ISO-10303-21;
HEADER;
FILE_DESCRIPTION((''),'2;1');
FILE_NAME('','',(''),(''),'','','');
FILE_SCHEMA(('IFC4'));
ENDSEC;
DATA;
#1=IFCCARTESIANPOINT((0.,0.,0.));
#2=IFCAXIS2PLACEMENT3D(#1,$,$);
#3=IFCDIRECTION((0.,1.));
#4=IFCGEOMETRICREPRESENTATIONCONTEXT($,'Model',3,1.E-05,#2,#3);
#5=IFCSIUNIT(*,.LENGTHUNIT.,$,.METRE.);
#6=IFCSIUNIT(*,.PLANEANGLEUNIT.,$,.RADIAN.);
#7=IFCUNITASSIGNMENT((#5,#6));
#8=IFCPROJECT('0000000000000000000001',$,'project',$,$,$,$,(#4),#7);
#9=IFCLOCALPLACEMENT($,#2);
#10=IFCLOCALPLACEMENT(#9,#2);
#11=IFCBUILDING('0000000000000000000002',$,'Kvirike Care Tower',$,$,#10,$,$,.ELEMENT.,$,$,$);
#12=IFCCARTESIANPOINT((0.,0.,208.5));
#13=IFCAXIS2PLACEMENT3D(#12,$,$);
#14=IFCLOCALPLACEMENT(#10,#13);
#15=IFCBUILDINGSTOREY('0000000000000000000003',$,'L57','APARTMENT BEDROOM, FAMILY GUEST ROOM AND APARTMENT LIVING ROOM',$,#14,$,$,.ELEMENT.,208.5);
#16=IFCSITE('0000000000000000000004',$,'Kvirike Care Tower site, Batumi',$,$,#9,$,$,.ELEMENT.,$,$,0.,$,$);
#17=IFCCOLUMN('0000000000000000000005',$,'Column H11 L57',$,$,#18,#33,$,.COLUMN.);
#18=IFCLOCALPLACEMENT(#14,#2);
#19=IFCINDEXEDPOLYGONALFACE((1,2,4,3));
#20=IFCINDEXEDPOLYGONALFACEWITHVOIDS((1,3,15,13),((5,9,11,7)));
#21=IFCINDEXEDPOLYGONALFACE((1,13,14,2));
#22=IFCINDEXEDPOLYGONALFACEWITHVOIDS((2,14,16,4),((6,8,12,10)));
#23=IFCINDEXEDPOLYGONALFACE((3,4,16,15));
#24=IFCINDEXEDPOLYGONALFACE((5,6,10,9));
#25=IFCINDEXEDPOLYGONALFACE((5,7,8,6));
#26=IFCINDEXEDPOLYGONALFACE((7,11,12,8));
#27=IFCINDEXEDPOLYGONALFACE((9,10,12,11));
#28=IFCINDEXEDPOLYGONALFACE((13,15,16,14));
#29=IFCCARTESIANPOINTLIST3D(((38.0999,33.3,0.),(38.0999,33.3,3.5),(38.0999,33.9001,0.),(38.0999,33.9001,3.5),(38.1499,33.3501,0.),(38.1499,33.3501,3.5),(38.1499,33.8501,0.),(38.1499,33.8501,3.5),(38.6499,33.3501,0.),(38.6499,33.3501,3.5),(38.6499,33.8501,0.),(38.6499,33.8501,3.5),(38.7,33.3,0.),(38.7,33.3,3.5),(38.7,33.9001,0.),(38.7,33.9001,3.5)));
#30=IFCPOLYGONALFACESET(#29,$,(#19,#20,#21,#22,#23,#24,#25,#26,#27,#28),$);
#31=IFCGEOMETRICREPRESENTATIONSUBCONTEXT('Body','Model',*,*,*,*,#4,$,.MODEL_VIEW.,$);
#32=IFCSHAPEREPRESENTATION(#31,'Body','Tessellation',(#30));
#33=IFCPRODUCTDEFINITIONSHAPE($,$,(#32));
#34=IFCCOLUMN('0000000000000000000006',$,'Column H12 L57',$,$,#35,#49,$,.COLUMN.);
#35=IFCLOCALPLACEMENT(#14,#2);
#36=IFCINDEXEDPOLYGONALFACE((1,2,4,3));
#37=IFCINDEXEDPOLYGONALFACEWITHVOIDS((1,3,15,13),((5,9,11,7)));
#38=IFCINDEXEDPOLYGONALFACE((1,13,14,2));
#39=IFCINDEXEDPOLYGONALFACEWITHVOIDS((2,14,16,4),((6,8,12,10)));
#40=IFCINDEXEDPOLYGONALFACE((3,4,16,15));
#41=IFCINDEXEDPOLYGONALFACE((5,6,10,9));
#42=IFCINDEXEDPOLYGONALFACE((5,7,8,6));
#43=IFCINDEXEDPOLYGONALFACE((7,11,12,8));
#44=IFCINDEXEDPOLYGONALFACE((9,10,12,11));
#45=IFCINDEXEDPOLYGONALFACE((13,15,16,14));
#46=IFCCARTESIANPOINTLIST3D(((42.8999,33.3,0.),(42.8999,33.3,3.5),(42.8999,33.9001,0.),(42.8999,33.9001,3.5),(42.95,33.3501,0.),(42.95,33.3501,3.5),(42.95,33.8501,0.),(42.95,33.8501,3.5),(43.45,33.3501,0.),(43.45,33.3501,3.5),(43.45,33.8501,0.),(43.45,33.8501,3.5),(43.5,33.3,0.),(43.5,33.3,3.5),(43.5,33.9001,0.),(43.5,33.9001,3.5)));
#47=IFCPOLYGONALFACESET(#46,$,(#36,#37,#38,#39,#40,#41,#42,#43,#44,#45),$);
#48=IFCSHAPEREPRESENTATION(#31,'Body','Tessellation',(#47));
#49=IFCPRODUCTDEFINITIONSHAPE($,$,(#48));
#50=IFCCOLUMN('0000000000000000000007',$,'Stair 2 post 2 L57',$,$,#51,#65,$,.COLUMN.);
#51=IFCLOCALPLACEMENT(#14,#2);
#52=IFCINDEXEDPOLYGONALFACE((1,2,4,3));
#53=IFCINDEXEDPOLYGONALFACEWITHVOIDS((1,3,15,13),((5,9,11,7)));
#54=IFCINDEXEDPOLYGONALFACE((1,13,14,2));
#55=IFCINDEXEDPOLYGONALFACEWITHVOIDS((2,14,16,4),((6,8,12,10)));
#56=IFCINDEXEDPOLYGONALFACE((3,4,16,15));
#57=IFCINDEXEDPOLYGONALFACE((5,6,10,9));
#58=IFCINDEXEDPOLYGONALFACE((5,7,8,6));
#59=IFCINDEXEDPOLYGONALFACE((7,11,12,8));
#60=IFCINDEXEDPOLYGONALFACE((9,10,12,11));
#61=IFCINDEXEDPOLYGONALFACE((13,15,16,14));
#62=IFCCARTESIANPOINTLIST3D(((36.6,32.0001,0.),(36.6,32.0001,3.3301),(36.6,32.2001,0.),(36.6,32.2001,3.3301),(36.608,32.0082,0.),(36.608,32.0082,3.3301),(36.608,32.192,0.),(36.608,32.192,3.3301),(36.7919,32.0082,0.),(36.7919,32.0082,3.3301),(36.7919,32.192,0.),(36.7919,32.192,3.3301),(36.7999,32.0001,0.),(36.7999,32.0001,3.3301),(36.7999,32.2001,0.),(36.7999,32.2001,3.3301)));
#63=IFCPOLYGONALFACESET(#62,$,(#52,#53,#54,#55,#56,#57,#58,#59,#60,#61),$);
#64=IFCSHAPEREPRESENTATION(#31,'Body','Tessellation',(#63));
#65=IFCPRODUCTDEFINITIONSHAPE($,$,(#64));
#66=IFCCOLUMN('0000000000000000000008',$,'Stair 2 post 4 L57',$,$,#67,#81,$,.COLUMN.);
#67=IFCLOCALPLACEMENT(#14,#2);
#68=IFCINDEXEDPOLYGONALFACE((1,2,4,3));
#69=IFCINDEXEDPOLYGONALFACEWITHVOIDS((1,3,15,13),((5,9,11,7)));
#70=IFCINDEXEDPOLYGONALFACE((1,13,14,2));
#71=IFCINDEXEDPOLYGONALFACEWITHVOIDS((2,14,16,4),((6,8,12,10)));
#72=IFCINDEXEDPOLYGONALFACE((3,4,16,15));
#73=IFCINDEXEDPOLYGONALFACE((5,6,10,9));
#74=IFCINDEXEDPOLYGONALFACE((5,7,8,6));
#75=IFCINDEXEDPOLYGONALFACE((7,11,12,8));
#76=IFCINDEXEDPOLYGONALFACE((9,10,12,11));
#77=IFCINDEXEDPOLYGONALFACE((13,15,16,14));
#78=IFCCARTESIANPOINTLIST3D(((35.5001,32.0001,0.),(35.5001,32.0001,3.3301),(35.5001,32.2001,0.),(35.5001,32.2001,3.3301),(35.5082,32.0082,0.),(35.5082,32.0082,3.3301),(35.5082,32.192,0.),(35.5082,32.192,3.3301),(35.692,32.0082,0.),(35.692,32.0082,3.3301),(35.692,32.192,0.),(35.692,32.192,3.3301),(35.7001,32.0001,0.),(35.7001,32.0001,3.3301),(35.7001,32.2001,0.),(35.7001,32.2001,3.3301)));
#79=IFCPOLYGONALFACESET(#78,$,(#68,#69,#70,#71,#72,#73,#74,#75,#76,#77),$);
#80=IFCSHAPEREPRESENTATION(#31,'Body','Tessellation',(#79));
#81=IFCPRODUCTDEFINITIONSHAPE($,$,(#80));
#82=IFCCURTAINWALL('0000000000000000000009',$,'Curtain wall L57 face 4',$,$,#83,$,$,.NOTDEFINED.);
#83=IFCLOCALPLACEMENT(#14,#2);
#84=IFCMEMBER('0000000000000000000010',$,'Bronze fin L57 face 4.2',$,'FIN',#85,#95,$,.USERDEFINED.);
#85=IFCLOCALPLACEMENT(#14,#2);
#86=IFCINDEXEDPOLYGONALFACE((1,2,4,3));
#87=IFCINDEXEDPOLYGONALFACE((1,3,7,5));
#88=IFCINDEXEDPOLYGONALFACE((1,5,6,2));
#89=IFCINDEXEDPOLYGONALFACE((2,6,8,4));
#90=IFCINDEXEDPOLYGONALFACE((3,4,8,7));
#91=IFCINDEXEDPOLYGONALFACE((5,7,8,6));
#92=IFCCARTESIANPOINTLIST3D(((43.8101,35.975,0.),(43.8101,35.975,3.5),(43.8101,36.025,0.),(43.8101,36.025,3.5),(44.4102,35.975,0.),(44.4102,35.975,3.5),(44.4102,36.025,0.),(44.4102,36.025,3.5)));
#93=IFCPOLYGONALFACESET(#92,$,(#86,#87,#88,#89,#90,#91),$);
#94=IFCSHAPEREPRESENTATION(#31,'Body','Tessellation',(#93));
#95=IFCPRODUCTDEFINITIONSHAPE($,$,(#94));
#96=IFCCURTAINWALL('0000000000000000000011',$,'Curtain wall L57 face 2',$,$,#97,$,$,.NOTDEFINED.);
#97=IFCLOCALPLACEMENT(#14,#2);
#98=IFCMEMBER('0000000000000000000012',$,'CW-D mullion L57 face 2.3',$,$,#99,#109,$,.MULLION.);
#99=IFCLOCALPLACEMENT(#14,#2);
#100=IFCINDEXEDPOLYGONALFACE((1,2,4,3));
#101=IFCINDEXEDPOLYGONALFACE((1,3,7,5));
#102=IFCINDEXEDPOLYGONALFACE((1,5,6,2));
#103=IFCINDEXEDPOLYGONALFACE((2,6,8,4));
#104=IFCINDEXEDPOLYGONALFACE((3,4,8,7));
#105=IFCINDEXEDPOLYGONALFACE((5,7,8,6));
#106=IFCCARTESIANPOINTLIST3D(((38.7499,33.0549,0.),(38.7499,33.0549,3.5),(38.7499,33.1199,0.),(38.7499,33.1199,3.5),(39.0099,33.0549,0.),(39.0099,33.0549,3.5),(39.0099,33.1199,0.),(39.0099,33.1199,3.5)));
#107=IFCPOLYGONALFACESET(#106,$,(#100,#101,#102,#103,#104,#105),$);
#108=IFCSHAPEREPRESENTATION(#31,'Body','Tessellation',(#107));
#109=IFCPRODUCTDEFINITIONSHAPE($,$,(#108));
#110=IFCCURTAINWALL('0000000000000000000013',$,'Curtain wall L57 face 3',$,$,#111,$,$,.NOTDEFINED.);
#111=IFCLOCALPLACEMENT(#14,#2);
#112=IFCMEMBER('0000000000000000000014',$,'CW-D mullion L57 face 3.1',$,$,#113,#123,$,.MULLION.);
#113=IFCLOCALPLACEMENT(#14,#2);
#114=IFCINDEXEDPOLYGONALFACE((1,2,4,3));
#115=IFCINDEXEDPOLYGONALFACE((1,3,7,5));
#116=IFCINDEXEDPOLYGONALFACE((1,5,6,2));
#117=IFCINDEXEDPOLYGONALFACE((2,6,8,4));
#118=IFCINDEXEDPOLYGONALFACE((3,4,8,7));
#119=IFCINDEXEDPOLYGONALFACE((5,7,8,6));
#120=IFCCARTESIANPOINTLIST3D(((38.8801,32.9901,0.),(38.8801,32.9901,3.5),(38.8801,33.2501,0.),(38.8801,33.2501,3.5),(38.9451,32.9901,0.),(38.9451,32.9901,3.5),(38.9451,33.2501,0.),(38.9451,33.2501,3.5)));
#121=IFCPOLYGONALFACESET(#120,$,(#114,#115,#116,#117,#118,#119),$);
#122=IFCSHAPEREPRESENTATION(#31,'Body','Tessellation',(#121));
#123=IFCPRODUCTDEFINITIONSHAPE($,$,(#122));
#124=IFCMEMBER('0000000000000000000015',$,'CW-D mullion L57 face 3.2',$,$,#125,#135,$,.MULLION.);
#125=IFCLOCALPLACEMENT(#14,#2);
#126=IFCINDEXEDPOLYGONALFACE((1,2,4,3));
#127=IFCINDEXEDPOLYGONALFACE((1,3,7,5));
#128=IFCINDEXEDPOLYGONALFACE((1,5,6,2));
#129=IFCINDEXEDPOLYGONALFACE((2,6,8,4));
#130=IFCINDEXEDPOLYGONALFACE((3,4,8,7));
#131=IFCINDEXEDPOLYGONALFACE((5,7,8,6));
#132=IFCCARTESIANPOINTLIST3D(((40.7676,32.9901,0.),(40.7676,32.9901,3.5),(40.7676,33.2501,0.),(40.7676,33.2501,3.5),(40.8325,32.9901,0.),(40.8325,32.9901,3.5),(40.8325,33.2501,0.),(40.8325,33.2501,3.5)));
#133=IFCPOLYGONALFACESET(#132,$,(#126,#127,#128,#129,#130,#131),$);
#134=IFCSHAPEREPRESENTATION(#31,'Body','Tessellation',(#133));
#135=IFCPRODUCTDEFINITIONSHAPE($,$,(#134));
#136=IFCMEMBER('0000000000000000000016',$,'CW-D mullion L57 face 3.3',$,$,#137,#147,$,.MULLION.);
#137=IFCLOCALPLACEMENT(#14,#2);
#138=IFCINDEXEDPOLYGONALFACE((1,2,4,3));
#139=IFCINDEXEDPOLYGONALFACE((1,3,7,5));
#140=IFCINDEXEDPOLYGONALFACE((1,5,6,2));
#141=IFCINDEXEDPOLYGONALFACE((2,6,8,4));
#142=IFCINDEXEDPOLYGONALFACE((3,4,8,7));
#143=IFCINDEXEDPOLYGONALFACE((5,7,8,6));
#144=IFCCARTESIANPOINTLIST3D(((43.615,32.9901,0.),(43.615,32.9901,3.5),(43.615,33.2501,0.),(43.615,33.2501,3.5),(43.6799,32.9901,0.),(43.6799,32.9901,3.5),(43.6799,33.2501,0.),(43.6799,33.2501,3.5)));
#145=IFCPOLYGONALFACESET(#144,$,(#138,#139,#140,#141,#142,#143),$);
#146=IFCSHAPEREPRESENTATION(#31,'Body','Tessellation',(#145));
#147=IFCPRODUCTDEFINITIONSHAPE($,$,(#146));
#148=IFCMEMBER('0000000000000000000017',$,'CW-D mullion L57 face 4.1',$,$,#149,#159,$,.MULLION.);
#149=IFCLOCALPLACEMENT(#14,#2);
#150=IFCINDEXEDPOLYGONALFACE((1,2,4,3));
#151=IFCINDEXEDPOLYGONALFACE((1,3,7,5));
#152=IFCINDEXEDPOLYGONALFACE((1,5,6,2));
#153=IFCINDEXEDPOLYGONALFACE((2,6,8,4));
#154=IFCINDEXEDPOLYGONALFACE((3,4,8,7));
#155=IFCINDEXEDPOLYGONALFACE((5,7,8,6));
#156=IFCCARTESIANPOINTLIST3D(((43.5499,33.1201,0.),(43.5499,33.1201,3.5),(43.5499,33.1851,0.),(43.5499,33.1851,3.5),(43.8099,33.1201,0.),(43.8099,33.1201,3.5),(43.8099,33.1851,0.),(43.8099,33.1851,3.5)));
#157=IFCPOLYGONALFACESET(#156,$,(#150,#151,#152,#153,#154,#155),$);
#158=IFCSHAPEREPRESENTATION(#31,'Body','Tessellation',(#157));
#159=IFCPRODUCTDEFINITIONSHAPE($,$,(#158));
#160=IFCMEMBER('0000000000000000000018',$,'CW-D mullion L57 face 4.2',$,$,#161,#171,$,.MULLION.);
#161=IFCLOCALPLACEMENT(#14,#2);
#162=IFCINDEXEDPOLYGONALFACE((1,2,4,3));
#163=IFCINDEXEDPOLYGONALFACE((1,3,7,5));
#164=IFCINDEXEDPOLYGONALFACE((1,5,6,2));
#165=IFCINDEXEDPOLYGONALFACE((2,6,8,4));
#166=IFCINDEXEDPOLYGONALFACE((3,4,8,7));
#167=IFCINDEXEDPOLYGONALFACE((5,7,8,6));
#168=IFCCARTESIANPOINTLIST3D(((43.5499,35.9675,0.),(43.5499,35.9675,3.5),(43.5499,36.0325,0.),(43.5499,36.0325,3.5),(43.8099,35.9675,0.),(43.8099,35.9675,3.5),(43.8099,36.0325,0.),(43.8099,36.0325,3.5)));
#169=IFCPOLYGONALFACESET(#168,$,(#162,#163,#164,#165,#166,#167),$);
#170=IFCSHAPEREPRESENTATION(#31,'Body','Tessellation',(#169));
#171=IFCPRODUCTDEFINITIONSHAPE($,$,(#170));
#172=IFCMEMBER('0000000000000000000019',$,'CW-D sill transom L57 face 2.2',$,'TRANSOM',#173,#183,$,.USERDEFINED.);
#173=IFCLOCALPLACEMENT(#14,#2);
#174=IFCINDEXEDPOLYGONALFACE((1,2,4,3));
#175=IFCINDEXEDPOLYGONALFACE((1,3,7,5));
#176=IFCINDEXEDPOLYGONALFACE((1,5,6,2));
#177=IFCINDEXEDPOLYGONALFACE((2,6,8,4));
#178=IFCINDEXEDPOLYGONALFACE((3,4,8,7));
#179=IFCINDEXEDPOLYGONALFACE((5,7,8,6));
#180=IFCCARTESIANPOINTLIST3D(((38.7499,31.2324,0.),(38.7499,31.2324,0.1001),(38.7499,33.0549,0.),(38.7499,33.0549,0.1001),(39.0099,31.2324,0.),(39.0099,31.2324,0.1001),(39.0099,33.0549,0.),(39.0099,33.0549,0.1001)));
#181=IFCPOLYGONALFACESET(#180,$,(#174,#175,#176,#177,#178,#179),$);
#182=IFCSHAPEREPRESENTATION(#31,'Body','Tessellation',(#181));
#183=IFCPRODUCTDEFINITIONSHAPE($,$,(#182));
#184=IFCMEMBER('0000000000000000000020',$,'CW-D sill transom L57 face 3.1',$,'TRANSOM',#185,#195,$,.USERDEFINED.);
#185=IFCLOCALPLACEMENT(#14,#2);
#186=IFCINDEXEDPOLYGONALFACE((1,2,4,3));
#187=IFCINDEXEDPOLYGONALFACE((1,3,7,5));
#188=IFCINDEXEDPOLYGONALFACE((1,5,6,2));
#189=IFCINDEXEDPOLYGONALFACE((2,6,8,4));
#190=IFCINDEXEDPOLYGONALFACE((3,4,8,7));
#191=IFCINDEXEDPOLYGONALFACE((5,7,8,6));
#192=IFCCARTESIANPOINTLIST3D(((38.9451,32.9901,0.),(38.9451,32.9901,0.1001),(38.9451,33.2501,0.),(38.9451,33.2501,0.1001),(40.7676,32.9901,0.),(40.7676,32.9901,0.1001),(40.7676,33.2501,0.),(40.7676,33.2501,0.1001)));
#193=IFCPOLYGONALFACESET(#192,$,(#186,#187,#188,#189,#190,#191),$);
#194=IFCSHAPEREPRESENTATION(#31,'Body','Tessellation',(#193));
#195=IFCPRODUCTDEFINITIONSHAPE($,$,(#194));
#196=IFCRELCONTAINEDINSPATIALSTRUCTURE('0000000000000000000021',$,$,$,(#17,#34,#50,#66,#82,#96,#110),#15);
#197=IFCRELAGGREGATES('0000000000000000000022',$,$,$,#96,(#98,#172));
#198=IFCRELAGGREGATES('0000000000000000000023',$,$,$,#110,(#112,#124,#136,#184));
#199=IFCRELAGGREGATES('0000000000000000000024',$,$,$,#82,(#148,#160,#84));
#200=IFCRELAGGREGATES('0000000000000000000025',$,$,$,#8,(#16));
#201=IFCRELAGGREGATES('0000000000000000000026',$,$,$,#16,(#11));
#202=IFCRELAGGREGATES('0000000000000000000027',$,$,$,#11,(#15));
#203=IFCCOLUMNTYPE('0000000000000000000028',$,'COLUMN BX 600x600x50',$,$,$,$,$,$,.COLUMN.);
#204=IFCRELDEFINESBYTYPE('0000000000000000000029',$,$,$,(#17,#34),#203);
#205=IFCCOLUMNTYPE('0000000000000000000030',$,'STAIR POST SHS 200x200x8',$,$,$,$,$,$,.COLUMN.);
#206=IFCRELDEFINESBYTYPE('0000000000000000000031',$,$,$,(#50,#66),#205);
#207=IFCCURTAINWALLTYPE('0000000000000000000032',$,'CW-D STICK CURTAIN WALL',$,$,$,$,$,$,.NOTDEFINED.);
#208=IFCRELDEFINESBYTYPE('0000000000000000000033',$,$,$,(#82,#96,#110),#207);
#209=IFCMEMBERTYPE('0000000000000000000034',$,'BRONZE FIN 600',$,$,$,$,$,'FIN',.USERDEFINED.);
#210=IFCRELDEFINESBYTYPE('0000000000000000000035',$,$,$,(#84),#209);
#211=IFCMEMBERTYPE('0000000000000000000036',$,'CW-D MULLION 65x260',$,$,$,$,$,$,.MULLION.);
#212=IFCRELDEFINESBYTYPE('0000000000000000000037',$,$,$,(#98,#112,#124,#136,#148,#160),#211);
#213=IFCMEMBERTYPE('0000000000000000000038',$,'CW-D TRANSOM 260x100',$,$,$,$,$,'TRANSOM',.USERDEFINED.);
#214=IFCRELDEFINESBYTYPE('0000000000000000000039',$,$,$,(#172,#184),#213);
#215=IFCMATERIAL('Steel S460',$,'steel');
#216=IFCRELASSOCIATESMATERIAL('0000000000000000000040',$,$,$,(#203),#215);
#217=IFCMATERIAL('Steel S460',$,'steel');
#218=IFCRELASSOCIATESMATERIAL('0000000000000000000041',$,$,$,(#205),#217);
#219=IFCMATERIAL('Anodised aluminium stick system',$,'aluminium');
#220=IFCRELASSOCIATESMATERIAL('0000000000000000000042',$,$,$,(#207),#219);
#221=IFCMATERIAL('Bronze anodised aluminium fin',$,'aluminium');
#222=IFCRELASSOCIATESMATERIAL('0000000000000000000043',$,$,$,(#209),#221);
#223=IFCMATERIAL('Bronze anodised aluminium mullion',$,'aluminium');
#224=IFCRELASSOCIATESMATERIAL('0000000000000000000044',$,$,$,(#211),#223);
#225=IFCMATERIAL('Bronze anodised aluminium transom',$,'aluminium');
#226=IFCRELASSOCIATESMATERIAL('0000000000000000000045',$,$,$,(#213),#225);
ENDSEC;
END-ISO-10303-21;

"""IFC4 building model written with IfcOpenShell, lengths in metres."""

from ifc_helpers import new_model, si_unit, direction, frame, origin, origin_2d, place, context, subcontext, project, spatial, rectangle, hollow_rectangle, extrude, material, material_profile, profile_set, type_object, element, aggregate, save


model = new_model("IFC4")

# Units and contexts
model_context = context("Model", 3, precision=1e-05, world=origin(), true_north=direction((0.0, 1.0)))
body_context = subcontext(model_context, "Body", "Model", "MODEL_VIEW")
ifc_project = project(units=[si_unit("LENGTHUNIT", "METRE"), si_unit("PLANEANGLEUNIT", "RADIAN")], contexts=[model_context])

# Site, building, storey
site_placement = place(None, origin())
site = spatial("IfcSite", under=ifc_project, at=site_placement, Name="Kvirike Care Tower site, Batumi", CompositionType="ELEMENT", RefElevation=0.0)
building_placement = place(site_placement, origin())
building = spatial("IfcBuilding", under=site, at=building_placement, Name="Kvirike Care Tower", CompositionType="ELEMENT")
storey_placement = place(building_placement, frame((0.0, 0.0, 208.5)))
storey = spatial("IfcBuildingStorey", under=building, at=storey_placement, Name="L57", Description="APARTMENT BEDROOM, FAMILY GUEST ROOM AND APARTMENT LIVING ROOM", CompositionType="ELEMENT", Elevation=208.5)

# Columns
ifc_material_1 = material(Name="Steel S460", Category="steel")
ifc_material_profile_1 = material_profile(ifc_material_1, hollow_rectangle(XDim=0.6001, YDim=0.6001, WallThickness=0.05, at=origin_2d()), Name="BX 600x600x50")
ifc_profile_set_1 = profile_set([ifc_material_profile_1], Name="Steel S460")
column_type_1 = type_object("IfcColumnType", Name="COLUMN BX 600x600x50", PredefinedType="COLUMN", material=ifc_profile_set_1)
for number, where, z_axis, x_axis, name in (
    (1, (38.3999, 33.6001, 0.0), (0.0, 0.0, 1.0), (0.0, 1.0, 0.0), "Column H11 L57"),
    (2, (43.2, 33.6001, 0.0), (0.0, 0.0, 1.0), (0.0, 1.0, 0.0), "Column H12 L57"),
):
    element("IfcColumn", number, at=place(storey_placement, frame(where, z_axis=z_axis, x_axis=x_axis)), inside=storey, type_object=column_type_1, Name=name, PredefinedType="COLUMN", context=body_context, shape_type="SweptSolid", body=[
        extrude(hollow_rectangle(XDim=0.6001, YDim=0.6001, WallThickness=0.05, at=origin_2d()), origin(), (0.0, 0.0, 1.0), 3.5),
    ])
ifc_material_2 = material(Name="Steel S460", Category="steel")
ifc_material_profile_2 = material_profile(ifc_material_2, hollow_rectangle(XDim=0.2, YDim=0.2, WallThickness=0.0081, at=origin_2d()), Name="SHS 200x200x8")
ifc_profile_set_2 = profile_set([ifc_material_profile_2], Name="Steel S460")
column_type_2 = type_object("IfcColumnType", Name="STAIR POST SHS 200x200x8", PredefinedType="COLUMN", material=ifc_profile_set_2)
for number, where, z_axis, x_axis, name in (
    (3, (36.7, 32.1001, 0.0), (0.0, 0.0, 1.0), (1.0, 0.0, 0.0), "Stair 2 post 2 L57"),
    (4, (35.6001, 32.1001, 0.0), (0.0, 0.0, 1.0), (1.0, 0.0, 0.0), "Stair 2 post 4 L57"),
):
    element("IfcColumn", number, at=place(storey_placement, frame(where, z_axis=z_axis, x_axis=x_axis)), inside=storey, type_object=column_type_2, Name=name, PredefinedType="COLUMN", context=body_context, shape_type="SweptSolid", body=[
        extrude(hollow_rectangle(XDim=0.2, YDim=0.2, WallThickness=0.0081, at=origin_2d()), origin(), (0.0, 0.0, 1.0), 3.3301),
    ])

# Curtain walls, members
ifc_material_3 = material(Name="Anodised aluminium stick system", Category="aluminium")
curtain_wall_type = type_object("IfcCurtainWallType", Name="CW-D STICK CURTAIN WALL", PredefinedType="NOTDEFINED", material=ifc_material_3)
curtain_wall_1_placement = place(storey_placement, origin())
curtain_wall_1 = element("IfcCurtainWall", 5, at=curtain_wall_1_placement, inside=storey, type_object=curtain_wall_type, Name="Curtain wall L57 face 4", PredefinedType="NOTDEFINED")
ifc_material_4 = material(Name="Bronze anodised aluminium fin", Category="aluminium")
ifc_material_profile_3 = material_profile(ifc_material_4, rectangle(XDim=0.05, YDim=0.6001, at=origin_2d()), Name="BRONZE FIN 600")
ifc_profile_set_3 = profile_set([ifc_material_profile_3], Name="Bronze anodised aluminium fin")
member_type_1 = type_object("IfcMemberType", Name="BRONZE FIN 600", ElementType="FIN", PredefinedType="USERDEFINED", material=ifc_profile_set_3)
member_1_placement = place(storey_placement, frame((44.1101, 36.0, 0.0), z_axis=(0.0, 0.0, 1.0), x_axis=(0.0, 1.0, 0.0)))
member_1 = element("IfcMember", 6, at=member_1_placement, type_object=member_type_1, Name="Bronze fin L57 face 4.2", ObjectType="FIN", PredefinedType="USERDEFINED", context=body_context, shape_type="SweptSolid", body=[
    extrude(rectangle(XDim=0.05, YDim=0.6001, at=origin_2d()), origin(), (0.0, 0.0, 1.0), 3.5),
])
curtain_wall_2_placement = place(storey_placement, origin())
curtain_wall_2 = element("IfcCurtainWall", 7, at=curtain_wall_2_placement, inside=storey, type_object=curtain_wall_type, Name="Curtain wall L57 face 2", PredefinedType="NOTDEFINED")
ifc_material_5 = material(Name="Bronze anodised aluminium mullion", Category="aluminium")
ifc_material_profile_4 = material_profile(ifc_material_5, rectangle(XDim=0.0649, YDim=0.26, at=origin_2d()), Name="CW-D MULLION 65x260")
ifc_profile_set_4 = profile_set([ifc_material_profile_4], Name="Bronze anodised aluminium mullion")
member_type_2 = type_object("IfcMemberType", Name="CW-D MULLION 65x260", PredefinedType="MULLION", material=ifc_profile_set_4)
member_2_placement = place(storey_placement, frame((38.8799, 33.0874, 0.0), z_axis=(0.0, 0.0, 1.0), x_axis=(0.0, 1.0, 0.0)))
member_2 = element("IfcMember", 8, at=member_2_placement, type_object=member_type_2, Name="CW-D mullion L57 face 2.3", PredefinedType="MULLION", context=body_context, shape_type="SweptSolid", body=[
    extrude(rectangle(XDim=0.0649, YDim=0.26, at=origin_2d()), origin(), (0.0, 0.0, 1.0), 3.5),
])

# Curtain wall, members
curtain_wall_3_placement = place(storey_placement, origin())
curtain_wall_3 = element("IfcCurtainWall", 9, at=curtain_wall_3_placement, inside=storey, type_object=curtain_wall_type, Name="Curtain wall L57 face 3", PredefinedType="NOTDEFINED")
member_3_placement = place(storey_placement, frame((38.9126, 33.1201, 0.0), z_axis=(0.0, 0.0, 1.0), x_axis=(1.0, 0.0, 0.0)))
member_3 = element("IfcMember", 10, at=member_3_placement, type_object=member_type_2, Name="CW-D mullion L57 face 3.1", PredefinedType="MULLION", context=body_context, shape_type="SweptSolid", body=[
    extrude(rectangle(XDim=0.0649, YDim=0.26, at=origin_2d()), origin(), (0.0, 0.0, 1.0), 3.5),
])
member_4_placement = place(storey_placement, frame((40.8, 33.1201, 0.0), z_axis=(0.0, 0.0, 1.0), x_axis=(1.0, 0.0, 0.0)))
member_4 = element("IfcMember", 11, at=member_4_placement, type_object=member_type_2, Name="CW-D mullion L57 face 3.2", PredefinedType="MULLION", context=body_context, shape_type="SweptSolid", body=[
    extrude(rectangle(XDim=0.0649, YDim=0.26, at=origin_2d()), origin(), (0.0, 0.0, 1.0), 3.5),
])
member_5_placement = place(storey_placement, frame((43.6475, 33.1201, 0.0), z_axis=(0.0, 0.0, 1.0), x_axis=(1.0, 0.0, 0.0)))
member_5 = element("IfcMember", 12, at=member_5_placement, type_object=member_type_2, Name="CW-D mullion L57 face 3.3", PredefinedType="MULLION", context=body_context, shape_type="SweptSolid", body=[
    extrude(rectangle(XDim=0.0649, YDim=0.26, at=origin_2d()), origin(), (0.0, 0.0, 1.0), 3.5),
])

# Members
member_6_placement = place(storey_placement, frame((43.6799, 33.1526, 0.0), z_axis=(0.0, 0.0, 1.0), x_axis=(0.0, 1.0, 0.0)))
member_6 = element("IfcMember", 13, at=member_6_placement, type_object=member_type_2, Name="CW-D mullion L57 face 4.1", PredefinedType="MULLION", context=body_context, shape_type="SweptSolid", body=[
    extrude(rectangle(XDim=0.0649, YDim=0.26, at=origin_2d()), origin(), (0.0, 0.0, 1.0), 3.5),
])
member_7_placement = place(storey_placement, frame((43.6799, 36.0, 0.0), z_axis=(0.0, 0.0, 1.0), x_axis=(0.0, 1.0, 0.0)))
member_7 = element("IfcMember", 14, at=member_7_placement, type_object=member_type_2, Name="CW-D mullion L57 face 4.2", PredefinedType="MULLION", context=body_context, shape_type="SweptSolid", body=[
    extrude(rectangle(XDim=0.0649, YDim=0.26, at=origin_2d()), origin(), (0.0, 0.0, 1.0), 3.5),
])
ifc_material_6 = material(Name="Bronze anodised aluminium transom", Category="aluminium")
ifc_material_profile_5 = material_profile(ifc_material_6, rectangle(XDim=0.26, YDim=0.1001, at=origin_2d()), Name="CW-D TRANSOM 260x100")
ifc_profile_set_5 = profile_set([ifc_material_profile_5], Name="Bronze anodised aluminium transom")
member_type_3 = type_object("IfcMemberType", Name="CW-D TRANSOM 260x100", ElementType="TRANSOM", PredefinedType="USERDEFINED", material=ifc_profile_set_5)
member_8_placement = place(storey_placement, frame((38.8799, 31.2324, 0.05), z_axis=(0.0, 1.0, 0.0), x_axis=(-1.0, 0.0, 0.0)))
member_8 = element("IfcMember", 15, at=member_8_placement, type_object=member_type_3, Name="CW-D sill transom L57 face 2.2", ObjectType="TRANSOM", PredefinedType="USERDEFINED", context=body_context, shape_type="SweptSolid", body=[
    extrude(rectangle(XDim=0.26, YDim=0.1001, at=origin_2d()), origin(), (0.0, 0.0, 1.0), 1.8225),
])
member_9_placement = place(storey_placement, frame((38.9451, 33.1201, 0.05), z_axis=(1.0, 0.0, 0.0), x_axis=(0.0, 1.0, 0.0)))
member_9 = element("IfcMember", 16, at=member_9_placement, type_object=member_type_3, Name="CW-D sill transom L57 face 3.1", ObjectType="TRANSOM", PredefinedType="USERDEFINED", context=body_context, shape_type="SweptSolid", body=[
    extrude(rectangle(XDim=0.26, YDim=0.1001, at=origin_2d()), origin(), (0.0, 0.0, 1.0), 1.8225),
])

aggregate(curtain_wall_2, [member_2, member_8])
aggregate(curtain_wall_3, [member_3, member_4, member_5, member_9])
aggregate(curtain_wall_1, [member_6, member_7, member_1])

save(model, "model.ifc")
